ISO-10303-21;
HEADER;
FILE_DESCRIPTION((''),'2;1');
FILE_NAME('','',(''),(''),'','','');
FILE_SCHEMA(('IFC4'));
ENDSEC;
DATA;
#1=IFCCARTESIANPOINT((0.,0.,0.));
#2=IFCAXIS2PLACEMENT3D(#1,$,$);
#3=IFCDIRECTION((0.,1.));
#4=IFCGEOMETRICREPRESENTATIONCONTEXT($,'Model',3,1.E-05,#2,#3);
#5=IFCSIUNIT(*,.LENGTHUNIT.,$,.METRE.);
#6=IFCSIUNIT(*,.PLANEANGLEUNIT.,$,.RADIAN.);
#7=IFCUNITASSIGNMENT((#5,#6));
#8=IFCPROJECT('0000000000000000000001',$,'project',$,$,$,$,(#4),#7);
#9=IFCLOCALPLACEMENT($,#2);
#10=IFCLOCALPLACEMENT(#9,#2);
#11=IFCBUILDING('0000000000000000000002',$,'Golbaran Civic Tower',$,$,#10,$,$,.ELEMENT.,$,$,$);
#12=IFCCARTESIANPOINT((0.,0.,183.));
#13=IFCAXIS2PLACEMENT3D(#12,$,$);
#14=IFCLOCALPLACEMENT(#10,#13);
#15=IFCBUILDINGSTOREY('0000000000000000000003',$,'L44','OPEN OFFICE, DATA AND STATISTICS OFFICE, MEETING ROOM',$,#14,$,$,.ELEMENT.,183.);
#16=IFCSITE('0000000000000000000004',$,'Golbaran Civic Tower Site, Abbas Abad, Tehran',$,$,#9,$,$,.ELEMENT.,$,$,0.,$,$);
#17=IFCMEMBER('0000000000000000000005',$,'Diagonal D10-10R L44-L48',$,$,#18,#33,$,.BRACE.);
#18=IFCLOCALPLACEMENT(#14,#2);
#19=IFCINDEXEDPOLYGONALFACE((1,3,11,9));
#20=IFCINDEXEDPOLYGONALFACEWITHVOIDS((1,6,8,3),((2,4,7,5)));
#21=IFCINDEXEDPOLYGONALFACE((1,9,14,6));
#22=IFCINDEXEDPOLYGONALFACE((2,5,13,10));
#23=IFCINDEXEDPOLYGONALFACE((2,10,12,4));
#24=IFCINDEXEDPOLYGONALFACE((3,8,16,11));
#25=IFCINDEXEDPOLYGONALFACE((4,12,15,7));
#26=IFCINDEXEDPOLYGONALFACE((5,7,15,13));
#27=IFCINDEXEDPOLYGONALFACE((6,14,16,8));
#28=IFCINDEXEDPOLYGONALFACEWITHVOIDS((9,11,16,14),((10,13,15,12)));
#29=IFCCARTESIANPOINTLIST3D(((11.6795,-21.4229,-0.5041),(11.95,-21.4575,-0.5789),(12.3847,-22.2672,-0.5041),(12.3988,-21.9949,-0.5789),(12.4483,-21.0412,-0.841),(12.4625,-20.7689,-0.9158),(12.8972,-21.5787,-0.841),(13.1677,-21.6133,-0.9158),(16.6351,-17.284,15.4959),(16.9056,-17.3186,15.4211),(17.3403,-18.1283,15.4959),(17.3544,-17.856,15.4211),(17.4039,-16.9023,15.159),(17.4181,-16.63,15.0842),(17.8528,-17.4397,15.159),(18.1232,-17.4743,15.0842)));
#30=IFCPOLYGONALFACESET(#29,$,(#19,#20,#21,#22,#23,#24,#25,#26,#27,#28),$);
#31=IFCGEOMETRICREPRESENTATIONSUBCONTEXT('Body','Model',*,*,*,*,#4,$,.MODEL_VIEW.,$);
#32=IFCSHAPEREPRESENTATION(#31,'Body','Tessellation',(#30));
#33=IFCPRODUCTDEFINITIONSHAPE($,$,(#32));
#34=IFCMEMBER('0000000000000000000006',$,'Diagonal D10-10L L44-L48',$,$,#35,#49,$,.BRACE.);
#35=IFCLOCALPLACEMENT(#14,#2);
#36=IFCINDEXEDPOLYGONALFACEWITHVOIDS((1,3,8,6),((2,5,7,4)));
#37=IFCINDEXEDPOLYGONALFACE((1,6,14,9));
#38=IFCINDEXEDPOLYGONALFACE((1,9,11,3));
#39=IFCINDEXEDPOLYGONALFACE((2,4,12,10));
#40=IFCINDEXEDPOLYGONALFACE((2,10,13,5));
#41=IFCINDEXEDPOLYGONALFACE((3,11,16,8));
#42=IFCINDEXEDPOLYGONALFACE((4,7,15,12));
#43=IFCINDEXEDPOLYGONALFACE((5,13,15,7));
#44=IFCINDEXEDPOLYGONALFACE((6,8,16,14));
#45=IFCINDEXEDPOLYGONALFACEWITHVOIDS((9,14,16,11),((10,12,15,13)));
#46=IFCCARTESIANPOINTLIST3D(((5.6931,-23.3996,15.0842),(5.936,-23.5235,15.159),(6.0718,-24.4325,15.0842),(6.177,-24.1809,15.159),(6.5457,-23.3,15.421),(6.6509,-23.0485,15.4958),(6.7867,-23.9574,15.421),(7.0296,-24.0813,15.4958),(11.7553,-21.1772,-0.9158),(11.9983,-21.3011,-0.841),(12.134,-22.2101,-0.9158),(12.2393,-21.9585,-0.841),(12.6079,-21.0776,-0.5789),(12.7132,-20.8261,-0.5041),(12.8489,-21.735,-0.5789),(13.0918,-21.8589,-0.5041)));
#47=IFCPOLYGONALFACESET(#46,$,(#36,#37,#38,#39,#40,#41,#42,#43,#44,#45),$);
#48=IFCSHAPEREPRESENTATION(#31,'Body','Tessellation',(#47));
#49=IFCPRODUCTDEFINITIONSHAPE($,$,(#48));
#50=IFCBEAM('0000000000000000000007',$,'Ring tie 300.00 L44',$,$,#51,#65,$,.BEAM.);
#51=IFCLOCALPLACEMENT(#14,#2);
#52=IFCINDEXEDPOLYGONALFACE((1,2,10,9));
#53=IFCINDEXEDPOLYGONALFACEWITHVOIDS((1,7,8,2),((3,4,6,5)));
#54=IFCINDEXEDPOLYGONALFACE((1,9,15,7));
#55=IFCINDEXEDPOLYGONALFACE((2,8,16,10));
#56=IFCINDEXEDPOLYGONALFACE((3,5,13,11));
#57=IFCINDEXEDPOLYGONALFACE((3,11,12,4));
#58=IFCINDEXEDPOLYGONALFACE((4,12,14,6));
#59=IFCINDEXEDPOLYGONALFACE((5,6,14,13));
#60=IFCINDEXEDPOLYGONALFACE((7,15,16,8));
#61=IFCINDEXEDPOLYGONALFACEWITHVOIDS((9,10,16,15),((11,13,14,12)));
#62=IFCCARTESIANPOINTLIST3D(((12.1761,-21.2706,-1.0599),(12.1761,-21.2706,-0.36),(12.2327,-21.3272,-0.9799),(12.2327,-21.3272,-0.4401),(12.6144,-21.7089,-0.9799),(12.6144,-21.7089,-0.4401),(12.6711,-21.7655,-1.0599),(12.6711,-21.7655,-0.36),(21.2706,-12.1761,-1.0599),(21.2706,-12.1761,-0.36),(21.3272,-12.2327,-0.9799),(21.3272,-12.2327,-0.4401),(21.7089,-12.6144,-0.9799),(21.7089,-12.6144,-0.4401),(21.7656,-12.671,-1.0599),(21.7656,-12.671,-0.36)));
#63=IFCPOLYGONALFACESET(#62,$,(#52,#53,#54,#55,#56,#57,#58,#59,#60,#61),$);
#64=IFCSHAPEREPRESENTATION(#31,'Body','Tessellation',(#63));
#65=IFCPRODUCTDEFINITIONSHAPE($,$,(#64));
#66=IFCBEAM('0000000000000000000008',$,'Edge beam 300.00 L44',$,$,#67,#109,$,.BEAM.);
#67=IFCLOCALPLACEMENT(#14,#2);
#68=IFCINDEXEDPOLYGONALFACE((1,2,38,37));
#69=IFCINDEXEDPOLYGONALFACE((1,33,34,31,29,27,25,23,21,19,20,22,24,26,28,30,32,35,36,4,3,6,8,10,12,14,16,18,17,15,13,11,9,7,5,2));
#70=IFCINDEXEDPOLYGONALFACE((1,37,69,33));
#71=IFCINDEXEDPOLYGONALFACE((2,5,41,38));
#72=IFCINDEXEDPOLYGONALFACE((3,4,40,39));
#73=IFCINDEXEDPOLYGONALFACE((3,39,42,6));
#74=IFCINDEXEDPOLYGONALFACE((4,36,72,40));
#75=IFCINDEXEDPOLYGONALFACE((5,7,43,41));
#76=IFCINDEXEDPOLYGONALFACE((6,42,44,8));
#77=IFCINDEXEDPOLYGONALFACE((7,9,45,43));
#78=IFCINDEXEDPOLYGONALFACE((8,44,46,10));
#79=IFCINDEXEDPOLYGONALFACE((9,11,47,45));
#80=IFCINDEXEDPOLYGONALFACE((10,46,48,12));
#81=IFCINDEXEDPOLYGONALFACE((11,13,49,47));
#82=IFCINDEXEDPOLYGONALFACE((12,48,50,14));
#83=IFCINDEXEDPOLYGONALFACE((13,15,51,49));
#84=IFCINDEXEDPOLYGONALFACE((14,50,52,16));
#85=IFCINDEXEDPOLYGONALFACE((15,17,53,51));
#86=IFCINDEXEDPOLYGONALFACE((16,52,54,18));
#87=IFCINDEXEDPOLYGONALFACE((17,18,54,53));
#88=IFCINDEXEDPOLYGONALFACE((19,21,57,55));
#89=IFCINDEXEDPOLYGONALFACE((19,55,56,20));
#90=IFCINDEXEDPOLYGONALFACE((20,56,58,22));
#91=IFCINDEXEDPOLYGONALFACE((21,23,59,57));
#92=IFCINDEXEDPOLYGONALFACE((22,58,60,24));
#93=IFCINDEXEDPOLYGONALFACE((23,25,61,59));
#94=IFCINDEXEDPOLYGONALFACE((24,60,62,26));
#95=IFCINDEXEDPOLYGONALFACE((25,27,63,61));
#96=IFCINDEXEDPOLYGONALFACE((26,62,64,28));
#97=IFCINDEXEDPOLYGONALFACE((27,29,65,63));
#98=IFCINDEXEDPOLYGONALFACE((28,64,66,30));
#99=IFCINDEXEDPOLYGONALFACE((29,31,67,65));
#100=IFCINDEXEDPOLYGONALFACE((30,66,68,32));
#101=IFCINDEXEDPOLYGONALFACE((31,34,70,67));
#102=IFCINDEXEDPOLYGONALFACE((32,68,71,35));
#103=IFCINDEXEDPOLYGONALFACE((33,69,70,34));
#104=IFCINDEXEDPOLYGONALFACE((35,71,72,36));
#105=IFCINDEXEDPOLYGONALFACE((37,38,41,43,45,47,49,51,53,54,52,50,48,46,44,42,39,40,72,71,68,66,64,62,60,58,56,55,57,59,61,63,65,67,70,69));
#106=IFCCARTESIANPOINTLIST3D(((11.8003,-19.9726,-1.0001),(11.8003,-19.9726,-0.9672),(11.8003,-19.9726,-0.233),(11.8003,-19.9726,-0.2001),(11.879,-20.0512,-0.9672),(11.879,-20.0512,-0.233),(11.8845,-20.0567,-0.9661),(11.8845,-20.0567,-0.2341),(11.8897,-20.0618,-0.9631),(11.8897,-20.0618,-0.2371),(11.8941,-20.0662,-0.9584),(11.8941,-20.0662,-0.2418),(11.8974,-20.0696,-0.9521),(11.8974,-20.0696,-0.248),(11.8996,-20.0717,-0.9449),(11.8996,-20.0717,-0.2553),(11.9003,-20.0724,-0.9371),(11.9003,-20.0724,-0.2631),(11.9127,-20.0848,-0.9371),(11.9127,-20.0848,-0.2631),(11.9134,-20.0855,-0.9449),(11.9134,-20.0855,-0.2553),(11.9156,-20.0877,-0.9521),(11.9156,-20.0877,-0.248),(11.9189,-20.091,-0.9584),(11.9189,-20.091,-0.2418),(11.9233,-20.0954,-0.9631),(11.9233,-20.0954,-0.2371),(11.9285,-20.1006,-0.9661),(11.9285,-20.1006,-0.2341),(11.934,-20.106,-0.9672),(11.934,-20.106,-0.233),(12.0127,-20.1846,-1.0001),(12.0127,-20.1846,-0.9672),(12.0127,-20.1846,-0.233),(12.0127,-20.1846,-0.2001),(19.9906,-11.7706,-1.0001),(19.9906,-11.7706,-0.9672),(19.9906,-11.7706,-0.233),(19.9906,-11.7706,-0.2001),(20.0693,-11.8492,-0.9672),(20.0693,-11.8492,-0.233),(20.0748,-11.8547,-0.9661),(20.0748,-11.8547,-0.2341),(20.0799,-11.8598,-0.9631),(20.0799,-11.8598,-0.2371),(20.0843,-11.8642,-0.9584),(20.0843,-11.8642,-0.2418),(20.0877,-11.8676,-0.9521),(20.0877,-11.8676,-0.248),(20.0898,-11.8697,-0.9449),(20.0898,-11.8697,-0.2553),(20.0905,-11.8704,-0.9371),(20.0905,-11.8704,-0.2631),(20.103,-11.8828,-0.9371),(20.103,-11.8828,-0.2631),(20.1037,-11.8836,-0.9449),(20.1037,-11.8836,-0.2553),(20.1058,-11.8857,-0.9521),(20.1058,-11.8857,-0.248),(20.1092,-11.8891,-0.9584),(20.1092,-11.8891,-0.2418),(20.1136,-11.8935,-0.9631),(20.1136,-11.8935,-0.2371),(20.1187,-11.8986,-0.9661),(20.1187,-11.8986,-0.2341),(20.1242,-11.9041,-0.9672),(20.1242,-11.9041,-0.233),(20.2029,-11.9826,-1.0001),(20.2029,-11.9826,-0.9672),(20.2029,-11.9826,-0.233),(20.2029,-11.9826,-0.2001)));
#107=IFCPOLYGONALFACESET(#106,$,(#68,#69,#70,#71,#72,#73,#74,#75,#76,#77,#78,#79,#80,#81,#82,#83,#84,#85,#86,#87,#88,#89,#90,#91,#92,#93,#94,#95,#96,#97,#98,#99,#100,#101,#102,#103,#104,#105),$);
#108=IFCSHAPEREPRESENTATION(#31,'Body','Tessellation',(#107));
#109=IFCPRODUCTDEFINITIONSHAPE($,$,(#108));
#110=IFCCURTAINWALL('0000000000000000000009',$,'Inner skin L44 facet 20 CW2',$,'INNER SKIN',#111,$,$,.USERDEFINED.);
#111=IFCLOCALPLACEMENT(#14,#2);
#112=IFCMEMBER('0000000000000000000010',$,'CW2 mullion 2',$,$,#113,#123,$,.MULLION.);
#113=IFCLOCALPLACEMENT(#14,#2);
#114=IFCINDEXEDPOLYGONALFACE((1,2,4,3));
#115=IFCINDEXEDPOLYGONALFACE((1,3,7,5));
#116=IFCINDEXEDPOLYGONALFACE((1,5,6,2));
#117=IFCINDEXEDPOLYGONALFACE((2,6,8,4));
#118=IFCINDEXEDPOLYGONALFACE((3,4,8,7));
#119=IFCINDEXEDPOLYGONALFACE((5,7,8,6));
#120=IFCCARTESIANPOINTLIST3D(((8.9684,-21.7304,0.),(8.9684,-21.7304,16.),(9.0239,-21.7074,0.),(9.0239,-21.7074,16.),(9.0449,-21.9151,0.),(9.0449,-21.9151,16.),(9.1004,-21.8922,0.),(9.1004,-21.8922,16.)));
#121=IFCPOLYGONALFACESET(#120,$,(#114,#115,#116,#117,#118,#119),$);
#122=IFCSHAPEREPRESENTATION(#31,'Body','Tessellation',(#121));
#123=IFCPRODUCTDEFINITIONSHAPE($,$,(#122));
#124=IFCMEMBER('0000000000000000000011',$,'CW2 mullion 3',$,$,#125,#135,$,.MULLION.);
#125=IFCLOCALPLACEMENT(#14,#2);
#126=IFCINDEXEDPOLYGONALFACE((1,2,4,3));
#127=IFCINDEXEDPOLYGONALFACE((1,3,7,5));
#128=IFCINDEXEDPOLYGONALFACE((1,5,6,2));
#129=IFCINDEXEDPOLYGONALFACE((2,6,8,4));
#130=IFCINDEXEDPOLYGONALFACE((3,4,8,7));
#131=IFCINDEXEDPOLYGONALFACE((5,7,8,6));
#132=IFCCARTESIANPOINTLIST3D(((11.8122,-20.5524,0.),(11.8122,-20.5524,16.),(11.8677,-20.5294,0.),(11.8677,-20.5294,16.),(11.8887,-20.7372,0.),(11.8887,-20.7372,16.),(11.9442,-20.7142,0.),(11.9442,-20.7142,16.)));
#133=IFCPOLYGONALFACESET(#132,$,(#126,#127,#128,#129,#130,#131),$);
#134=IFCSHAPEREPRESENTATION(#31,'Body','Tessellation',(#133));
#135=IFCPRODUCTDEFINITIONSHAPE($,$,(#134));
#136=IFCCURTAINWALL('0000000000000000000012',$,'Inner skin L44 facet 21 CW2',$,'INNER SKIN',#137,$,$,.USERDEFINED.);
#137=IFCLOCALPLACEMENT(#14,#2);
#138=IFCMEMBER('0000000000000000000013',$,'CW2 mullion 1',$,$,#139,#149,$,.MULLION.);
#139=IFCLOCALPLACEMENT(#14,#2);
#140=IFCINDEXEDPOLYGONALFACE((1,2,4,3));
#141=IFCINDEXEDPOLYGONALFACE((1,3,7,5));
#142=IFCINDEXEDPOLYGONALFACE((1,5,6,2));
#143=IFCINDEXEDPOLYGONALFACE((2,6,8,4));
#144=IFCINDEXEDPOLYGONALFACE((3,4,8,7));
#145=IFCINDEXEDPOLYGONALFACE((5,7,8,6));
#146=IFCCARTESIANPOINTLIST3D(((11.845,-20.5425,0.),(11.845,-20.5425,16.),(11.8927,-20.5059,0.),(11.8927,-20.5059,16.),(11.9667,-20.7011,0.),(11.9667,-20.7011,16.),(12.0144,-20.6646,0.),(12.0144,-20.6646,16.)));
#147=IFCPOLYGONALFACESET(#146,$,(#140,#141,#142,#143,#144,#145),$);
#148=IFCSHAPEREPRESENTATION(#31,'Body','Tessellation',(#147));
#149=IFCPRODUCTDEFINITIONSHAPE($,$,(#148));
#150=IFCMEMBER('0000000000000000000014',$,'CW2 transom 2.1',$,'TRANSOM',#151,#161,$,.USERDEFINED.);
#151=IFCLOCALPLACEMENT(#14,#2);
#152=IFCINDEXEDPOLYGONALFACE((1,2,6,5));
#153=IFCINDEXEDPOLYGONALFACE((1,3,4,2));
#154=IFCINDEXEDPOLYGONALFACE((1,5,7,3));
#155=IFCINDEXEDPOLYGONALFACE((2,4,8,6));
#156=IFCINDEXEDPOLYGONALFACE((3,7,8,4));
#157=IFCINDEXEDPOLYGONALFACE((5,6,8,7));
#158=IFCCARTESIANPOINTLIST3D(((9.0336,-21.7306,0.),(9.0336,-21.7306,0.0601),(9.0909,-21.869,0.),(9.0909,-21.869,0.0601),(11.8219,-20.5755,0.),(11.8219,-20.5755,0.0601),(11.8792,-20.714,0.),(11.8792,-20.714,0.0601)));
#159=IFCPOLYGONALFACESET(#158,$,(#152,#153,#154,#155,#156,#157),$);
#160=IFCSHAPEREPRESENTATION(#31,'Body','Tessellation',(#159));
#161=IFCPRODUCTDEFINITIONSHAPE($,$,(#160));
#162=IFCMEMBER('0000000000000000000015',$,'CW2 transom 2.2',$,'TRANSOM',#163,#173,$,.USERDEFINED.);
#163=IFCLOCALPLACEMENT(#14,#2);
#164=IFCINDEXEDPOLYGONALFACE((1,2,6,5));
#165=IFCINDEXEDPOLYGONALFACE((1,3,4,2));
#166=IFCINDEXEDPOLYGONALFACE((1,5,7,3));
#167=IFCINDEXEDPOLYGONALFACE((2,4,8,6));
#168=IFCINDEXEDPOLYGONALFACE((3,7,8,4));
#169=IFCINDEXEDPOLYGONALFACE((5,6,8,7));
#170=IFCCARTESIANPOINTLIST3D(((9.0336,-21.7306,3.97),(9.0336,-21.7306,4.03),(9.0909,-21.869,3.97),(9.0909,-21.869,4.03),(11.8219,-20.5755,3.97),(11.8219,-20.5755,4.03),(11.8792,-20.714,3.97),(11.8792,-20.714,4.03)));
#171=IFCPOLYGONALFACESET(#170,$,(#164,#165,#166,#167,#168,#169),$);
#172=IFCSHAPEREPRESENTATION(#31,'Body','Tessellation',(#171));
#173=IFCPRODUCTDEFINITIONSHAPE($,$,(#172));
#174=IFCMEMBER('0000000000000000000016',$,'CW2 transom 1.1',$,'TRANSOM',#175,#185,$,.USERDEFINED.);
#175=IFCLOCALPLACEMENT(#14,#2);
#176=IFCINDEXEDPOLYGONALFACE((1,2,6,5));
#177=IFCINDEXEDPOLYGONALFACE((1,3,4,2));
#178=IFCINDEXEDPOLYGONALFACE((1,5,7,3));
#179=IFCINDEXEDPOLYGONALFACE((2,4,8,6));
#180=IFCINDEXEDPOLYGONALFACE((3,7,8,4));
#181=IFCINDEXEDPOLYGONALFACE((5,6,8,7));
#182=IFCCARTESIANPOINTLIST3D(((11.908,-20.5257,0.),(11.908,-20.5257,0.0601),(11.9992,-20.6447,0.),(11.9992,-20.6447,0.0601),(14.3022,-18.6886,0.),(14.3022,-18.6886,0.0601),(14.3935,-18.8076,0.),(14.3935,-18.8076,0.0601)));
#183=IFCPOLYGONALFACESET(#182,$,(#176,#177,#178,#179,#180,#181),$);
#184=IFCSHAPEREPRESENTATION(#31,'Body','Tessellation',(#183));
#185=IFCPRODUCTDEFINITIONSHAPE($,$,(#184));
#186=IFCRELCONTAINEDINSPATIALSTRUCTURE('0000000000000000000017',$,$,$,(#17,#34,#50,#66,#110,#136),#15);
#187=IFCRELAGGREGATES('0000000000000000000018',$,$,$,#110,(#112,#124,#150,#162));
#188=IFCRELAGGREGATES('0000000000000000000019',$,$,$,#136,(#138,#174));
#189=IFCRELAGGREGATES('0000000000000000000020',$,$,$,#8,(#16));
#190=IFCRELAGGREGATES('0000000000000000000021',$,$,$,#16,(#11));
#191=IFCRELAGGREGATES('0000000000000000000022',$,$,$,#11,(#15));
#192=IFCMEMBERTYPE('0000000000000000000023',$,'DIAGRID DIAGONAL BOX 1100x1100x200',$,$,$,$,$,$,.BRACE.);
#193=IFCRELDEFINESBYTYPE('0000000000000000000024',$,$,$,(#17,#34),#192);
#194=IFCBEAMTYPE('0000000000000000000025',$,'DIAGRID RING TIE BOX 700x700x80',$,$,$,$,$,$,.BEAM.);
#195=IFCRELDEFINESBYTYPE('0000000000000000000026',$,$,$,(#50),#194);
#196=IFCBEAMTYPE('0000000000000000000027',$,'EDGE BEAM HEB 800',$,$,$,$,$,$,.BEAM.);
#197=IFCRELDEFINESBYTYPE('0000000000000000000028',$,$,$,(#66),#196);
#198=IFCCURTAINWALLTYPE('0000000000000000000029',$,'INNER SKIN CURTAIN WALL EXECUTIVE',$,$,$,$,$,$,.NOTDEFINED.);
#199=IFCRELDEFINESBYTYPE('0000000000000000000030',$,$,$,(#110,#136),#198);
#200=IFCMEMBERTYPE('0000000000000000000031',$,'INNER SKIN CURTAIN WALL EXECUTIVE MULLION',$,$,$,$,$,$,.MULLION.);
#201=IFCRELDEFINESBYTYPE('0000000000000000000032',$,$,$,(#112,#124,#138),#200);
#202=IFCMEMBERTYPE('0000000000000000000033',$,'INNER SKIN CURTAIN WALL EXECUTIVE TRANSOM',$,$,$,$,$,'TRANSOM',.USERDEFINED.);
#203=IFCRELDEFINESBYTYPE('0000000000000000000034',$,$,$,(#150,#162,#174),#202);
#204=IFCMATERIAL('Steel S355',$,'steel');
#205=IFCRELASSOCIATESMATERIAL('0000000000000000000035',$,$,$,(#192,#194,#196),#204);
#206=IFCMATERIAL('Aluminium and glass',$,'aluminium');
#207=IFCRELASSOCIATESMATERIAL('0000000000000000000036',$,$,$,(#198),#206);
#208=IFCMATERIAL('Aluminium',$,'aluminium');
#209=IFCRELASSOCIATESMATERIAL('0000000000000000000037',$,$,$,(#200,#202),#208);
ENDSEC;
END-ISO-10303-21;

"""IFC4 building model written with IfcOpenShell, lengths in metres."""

from ifc_helpers import new_model, si_unit, direction, frame, origin, origin_2d, place, context, subcontext, project, spatial, rectangle, hollow_rectangle, i_section, extrude, material, material_profile, profile_set, type_object, element, aggregate, save


model = new_model("IFC4")

# Units and contexts
model_context = context("Model", 3, precision=1e-05, world=origin(), true_north=direction((0.0, 1.0)))
body_context = subcontext(model_context, "Body", "Model", "MODEL_VIEW")
ifc_project = project(units=[si_unit("LENGTHUNIT", "METRE"), si_unit("PLANEANGLEUNIT", "RADIAN")], contexts=[model_context])

# Site, building, storey
site_placement = place(None, origin())
site = spatial("IfcSite", under=ifc_project, at=site_placement, Name="Golbaran Civic Tower Site, Abbas Abad, Tehran", CompositionType="ELEMENT", RefElevation=0.0)
building_placement = place(site_placement, origin())
building = spatial("IfcBuilding", under=site, at=building_placement, Name="Golbaran Civic Tower", CompositionType="ELEMENT")
storey_placement = place(building_placement, frame((0.0, 0.0, 183.0)))
storey = spatial("IfcBuildingStorey", under=building, at=storey_placement, Name="L44", Description="OPEN OFFICE, DATA AND STATISTICS OFFICE, MEETING ROOM", CompositionType="ELEMENT", Elevation=183.0)

# Members
ifc_material_1 = material(Name="Steel S355", Category="steel")
ifc_material_profile_1 = material_profile(ifc_material_1, hollow_rectangle(XDim=1.1001, YDim=1.1001, WallThickness=0.2, at=origin_2d()), Name="BOX 1100x1100x200")
ifc_profile_set_1 = profile_set([ifc_material_profile_1], Name="Steel S355")
member_type_1 = type_object("IfcMemberType", Name="DIAGRID DIAGONAL BOX 1100x1100x200", PredefinedType="BRACE", material=ifc_profile_set_1)
for number, where, z_axis, x_axis, name in (
    (1, (12.4236, -21.5181, -0.71), (0.287219, 0.239886, 0.92734), (-0.641032, 0.767514, 0.0), "Diagonal D10-10R L44-L48"),
    (2, (12.4236, -21.5181, -0.71), (-0.35136, -0.128808, 0.927337), (0.344198, -0.938897, 0.0), "Diagonal D10-10L L44-L48"),
):
    element("IfcMember", number, at=place(storey_placement, frame(where, z_axis=z_axis, x_axis=x_axis)), inside=storey, type_object=member_type_1, Name=name, PredefinedType="BRACE", context=body_context, shape_type="SweptSolid", body=[
        extrude(hollow_rectangle(XDim=1.1001, YDim=1.1001, WallThickness=0.2, at=origin_2d()), origin(), (0.0, 0.0, 1.0), 17.2537),
    ])

# Beams
ifc_material_profile_2 = material_profile(ifc_material_1, hollow_rectangle(XDim=0.7, YDim=0.7, WallThickness=0.0801, at=origin_2d()), Name="BOX 700x700x80")
ifc_profile_set_2 = profile_set([ifc_material_profile_2], Name="Steel S355")
beam_type_1 = type_object("IfcBeamType", Name="DIAGRID RING TIE BOX 700x700x80", PredefinedType="BEAM", material=ifc_profile_set_2)
beam_1_placement = place(storey_placement, frame((12.4236, -21.5181, -0.71), z_axis=(0.707107, 0.707107, 0.0), x_axis=(-0.707107, 0.707107, 0.0)))
element("IfcBeam", 3, at=beam_1_placement, inside=storey, type_object=beam_type_1, Name="Ring tie 300.00 L44", PredefinedType="BEAM", context=body_context, shape_type="SweptSolid", body=[
    extrude(hollow_rectangle(XDim=0.7, YDim=0.7, WallThickness=0.0801, at=origin_2d()), origin(), (0.0, 0.0, 1.0), 12.8616),
])
ifc_material_profile_3 = material_profile(ifc_material_1, i_section(OverallWidth=0.3, OverallDepth=0.8, WebThickness=0.0176, FlangeThickness=0.033, FilletRadius=0.03, at=origin_2d()), Name="HEB 800")
ifc_profile_set_3 = profile_set([ifc_material_profile_3], Name="Steel S355")
beam_type_2 = type_object("IfcBeamType", Name="EDGE BEAM HEB 800", PredefinedType="BEAM", material=ifc_profile_set_3)
beam_2_placement = place(storey_placement, frame((11.9065, -20.0786, -0.6001), z_axis=(0.706601, 0.707612, 0.0), x_axis=(-0.707612, 0.706601, 0.0)))
element("IfcBeam", 4, at=beam_2_placement, inside=storey, type_object=beam_type_2, Name="Edge beam 300.00 L44", PredefinedType="BEAM", context=body_context, shape_type="SweptSolid", body=[
    extrude(i_section(OverallWidth=0.3, OverallDepth=0.8, WebThickness=0.0176, FlangeThickness=0.033, FilletRadius=0.03, at=origin_2d()), origin(), (0.0, 0.0, 1.0), 11.5911),
])

# Curtain wall, members
ifc_material_2 = material(Name="Aluminium and glass", Category="aluminium")
curtain_wall_type_1 = type_object("IfcCurtainWallType", Name="INNER SKIN CURTAIN WALL EXECUTIVE", PredefinedType="NOTDEFINED", material=ifc_material_2)
curtain_wall_1_placement = place(storey_placement, origin())
curtain_wall_1 = element("IfcCurtainWall", 5, at=curtain_wall_1_placement, inside=storey, type_object=curtain_wall_type_1, Name="Inner skin L44 facet 20 CW2", ObjectType="INNER SKIN", PredefinedType="USERDEFINED")
ifc_material_3 = material(Name="Aluminium", Category="aluminium")
ifc_material_profile_4 = material_profile(ifc_material_3, rectangle(XDim=0.2, YDim=0.0601, at=origin_2d()), Name="INNER SKIN CURTAIN WALL EXECUTIVE MULLION")
ifc_profile_set_4 = profile_set([ifc_material_profile_4], Name="Aluminium")
member_type_2 = type_object("IfcMemberType", Name="INNER SKIN CURTAIN WALL EXECUTIVE MULLION", PredefinedType="MULLION", material=ifc_profile_set_4)
member_1_placement = place(storey_placement, frame((9.0344, -21.8113, 0.0), z_axis=(0.0, 0.0, 1.0), x_axis=(-0.382683, 0.92388, 0.0)))
member_1 = element("IfcMember", 6, at=member_1_placement, type_object=member_type_2, Name="CW2 mullion 2", PredefinedType="MULLION", context=body_context, shape_type="SweptSolid", body=[
    extrude(rectangle(XDim=0.2, YDim=0.0601, at=origin_2d()), origin(), (0.0, 0.0, 1.0), 16.0),
])
member_2_placement = place(storey_placement, frame((11.8782, -20.6333, 0.0), z_axis=(0.0, 0.0, 1.0), x_axis=(-0.382683, 0.92388, 0.0)))
member_2 = element("IfcMember", 7, at=member_2_placement, type_object=member_type_2, Name="CW2 mullion 3", PredefinedType="MULLION", context=body_context, shape_type="SweptSolid", body=[
    extrude(rectangle(XDim=0.2, YDim=0.0601, at=origin_2d()), origin(), (0.0, 0.0, 1.0), 16.0),
])

# Curtain wall, member
curtain_wall_2_placement = place(storey_placement, origin())
curtain_wall_2 = element("IfcCurtainWall", 8, at=curtain_wall_2_placement, inside=storey, type_object=curtain_wall_type_1, Name="Inner skin L44 facet 21 CW2", ObjectType="INNER SKIN", PredefinedType="USERDEFINED")
member_3_placement = place(storey_placement, frame((11.9297, -20.6035, 0.0), z_axis=(0.0, 0.0, 1.0), x_axis=(-0.608761, 0.793353, 0.0)))
member_3 = element("IfcMember", 9, at=member_3_placement, type_object=member_type_2, Name="CW2 mullion 1", PredefinedType="MULLION", context=body_context, shape_type="SweptSolid", body=[
    extrude(rectangle(XDim=0.2, YDim=0.0601, at=origin_2d()), origin(), (0.0, 0.0, 1.0), 16.0),
])

# Members
ifc_material_profile_5 = material_profile(ifc_material_3, rectangle(XDim=0.1499, YDim=0.0601, at=origin_2d()), Name="INNER SKIN CURTAIN WALL EXECUTIVE TRANSOM")
ifc_profile_set_5 = profile_set([ifc_material_profile_5], Name="Aluminium")
member_type_3 = type_object("IfcMemberType", Name="INNER SKIN CURTAIN WALL EXECUTIVE TRANSOM", ElementType="TRANSOM", PredefinedType="USERDEFINED", material=ifc_profile_set_5)
member_4_placement = place(storey_placement, frame((9.0623, -21.7998, 0.03), z_axis=(0.923872, 0.382702, 0.0), x_axis=(-0.382702, 0.923872, 0.0)))
member_4 = element("IfcMember", 10, at=member_4_placement, type_object=member_type_3, Name="CW2 transom 2.1", ObjectType="TRANSOM", PredefinedType="USERDEFINED", context=body_context, shape_type="SweptSolid", body=[
    extrude(rectangle(XDim=0.1499, YDim=0.0601, at=origin_2d()), origin(), (0.0, 0.0, 1.0), 3.0181),
])
member_5_placement = place(storey_placement, frame((9.0623, -21.7998, 4.0), z_axis=(0.923872, 0.382702, 0.0), x_axis=(-0.382702, 0.923872, 0.0)))
member_5 = element("IfcMember", 11, at=member_5_placement, type_object=member_type_3, Name="CW2 transom 2.2", ObjectType="TRANSOM", PredefinedType="USERDEFINED", context=body_context, shape_type="SweptSolid", body=[
    extrude(rectangle(XDim=0.1499, YDim=0.0601, at=origin_2d()), origin(), (0.0, 0.0, 1.0), 3.0181),
])
member_6_placement = place(storey_placement, frame((11.9536, -20.5852, 0.03), z_axis=(0.79336, 0.608752, 0.0), x_axis=(-0.608752, 0.79336, 0.0)))
member_6 = element("IfcMember", 12, at=member_6_placement, type_object=member_type_3, Name="CW2 transom 1.1", ObjectType="TRANSOM", PredefinedType="USERDEFINED", context=body_context, shape_type="SweptSolid", body=[
    extrude(rectangle(XDim=0.1499, YDim=0.0601, at=origin_2d()), origin(), (0.0, 0.0, 1.0), 3.0178),
])

aggregate(curtain_wall_1, [member_1, member_2, member_4, member_5])
aggregate(curtain_wall_2, [member_3, member_6])

save(model, "model.ifc")
